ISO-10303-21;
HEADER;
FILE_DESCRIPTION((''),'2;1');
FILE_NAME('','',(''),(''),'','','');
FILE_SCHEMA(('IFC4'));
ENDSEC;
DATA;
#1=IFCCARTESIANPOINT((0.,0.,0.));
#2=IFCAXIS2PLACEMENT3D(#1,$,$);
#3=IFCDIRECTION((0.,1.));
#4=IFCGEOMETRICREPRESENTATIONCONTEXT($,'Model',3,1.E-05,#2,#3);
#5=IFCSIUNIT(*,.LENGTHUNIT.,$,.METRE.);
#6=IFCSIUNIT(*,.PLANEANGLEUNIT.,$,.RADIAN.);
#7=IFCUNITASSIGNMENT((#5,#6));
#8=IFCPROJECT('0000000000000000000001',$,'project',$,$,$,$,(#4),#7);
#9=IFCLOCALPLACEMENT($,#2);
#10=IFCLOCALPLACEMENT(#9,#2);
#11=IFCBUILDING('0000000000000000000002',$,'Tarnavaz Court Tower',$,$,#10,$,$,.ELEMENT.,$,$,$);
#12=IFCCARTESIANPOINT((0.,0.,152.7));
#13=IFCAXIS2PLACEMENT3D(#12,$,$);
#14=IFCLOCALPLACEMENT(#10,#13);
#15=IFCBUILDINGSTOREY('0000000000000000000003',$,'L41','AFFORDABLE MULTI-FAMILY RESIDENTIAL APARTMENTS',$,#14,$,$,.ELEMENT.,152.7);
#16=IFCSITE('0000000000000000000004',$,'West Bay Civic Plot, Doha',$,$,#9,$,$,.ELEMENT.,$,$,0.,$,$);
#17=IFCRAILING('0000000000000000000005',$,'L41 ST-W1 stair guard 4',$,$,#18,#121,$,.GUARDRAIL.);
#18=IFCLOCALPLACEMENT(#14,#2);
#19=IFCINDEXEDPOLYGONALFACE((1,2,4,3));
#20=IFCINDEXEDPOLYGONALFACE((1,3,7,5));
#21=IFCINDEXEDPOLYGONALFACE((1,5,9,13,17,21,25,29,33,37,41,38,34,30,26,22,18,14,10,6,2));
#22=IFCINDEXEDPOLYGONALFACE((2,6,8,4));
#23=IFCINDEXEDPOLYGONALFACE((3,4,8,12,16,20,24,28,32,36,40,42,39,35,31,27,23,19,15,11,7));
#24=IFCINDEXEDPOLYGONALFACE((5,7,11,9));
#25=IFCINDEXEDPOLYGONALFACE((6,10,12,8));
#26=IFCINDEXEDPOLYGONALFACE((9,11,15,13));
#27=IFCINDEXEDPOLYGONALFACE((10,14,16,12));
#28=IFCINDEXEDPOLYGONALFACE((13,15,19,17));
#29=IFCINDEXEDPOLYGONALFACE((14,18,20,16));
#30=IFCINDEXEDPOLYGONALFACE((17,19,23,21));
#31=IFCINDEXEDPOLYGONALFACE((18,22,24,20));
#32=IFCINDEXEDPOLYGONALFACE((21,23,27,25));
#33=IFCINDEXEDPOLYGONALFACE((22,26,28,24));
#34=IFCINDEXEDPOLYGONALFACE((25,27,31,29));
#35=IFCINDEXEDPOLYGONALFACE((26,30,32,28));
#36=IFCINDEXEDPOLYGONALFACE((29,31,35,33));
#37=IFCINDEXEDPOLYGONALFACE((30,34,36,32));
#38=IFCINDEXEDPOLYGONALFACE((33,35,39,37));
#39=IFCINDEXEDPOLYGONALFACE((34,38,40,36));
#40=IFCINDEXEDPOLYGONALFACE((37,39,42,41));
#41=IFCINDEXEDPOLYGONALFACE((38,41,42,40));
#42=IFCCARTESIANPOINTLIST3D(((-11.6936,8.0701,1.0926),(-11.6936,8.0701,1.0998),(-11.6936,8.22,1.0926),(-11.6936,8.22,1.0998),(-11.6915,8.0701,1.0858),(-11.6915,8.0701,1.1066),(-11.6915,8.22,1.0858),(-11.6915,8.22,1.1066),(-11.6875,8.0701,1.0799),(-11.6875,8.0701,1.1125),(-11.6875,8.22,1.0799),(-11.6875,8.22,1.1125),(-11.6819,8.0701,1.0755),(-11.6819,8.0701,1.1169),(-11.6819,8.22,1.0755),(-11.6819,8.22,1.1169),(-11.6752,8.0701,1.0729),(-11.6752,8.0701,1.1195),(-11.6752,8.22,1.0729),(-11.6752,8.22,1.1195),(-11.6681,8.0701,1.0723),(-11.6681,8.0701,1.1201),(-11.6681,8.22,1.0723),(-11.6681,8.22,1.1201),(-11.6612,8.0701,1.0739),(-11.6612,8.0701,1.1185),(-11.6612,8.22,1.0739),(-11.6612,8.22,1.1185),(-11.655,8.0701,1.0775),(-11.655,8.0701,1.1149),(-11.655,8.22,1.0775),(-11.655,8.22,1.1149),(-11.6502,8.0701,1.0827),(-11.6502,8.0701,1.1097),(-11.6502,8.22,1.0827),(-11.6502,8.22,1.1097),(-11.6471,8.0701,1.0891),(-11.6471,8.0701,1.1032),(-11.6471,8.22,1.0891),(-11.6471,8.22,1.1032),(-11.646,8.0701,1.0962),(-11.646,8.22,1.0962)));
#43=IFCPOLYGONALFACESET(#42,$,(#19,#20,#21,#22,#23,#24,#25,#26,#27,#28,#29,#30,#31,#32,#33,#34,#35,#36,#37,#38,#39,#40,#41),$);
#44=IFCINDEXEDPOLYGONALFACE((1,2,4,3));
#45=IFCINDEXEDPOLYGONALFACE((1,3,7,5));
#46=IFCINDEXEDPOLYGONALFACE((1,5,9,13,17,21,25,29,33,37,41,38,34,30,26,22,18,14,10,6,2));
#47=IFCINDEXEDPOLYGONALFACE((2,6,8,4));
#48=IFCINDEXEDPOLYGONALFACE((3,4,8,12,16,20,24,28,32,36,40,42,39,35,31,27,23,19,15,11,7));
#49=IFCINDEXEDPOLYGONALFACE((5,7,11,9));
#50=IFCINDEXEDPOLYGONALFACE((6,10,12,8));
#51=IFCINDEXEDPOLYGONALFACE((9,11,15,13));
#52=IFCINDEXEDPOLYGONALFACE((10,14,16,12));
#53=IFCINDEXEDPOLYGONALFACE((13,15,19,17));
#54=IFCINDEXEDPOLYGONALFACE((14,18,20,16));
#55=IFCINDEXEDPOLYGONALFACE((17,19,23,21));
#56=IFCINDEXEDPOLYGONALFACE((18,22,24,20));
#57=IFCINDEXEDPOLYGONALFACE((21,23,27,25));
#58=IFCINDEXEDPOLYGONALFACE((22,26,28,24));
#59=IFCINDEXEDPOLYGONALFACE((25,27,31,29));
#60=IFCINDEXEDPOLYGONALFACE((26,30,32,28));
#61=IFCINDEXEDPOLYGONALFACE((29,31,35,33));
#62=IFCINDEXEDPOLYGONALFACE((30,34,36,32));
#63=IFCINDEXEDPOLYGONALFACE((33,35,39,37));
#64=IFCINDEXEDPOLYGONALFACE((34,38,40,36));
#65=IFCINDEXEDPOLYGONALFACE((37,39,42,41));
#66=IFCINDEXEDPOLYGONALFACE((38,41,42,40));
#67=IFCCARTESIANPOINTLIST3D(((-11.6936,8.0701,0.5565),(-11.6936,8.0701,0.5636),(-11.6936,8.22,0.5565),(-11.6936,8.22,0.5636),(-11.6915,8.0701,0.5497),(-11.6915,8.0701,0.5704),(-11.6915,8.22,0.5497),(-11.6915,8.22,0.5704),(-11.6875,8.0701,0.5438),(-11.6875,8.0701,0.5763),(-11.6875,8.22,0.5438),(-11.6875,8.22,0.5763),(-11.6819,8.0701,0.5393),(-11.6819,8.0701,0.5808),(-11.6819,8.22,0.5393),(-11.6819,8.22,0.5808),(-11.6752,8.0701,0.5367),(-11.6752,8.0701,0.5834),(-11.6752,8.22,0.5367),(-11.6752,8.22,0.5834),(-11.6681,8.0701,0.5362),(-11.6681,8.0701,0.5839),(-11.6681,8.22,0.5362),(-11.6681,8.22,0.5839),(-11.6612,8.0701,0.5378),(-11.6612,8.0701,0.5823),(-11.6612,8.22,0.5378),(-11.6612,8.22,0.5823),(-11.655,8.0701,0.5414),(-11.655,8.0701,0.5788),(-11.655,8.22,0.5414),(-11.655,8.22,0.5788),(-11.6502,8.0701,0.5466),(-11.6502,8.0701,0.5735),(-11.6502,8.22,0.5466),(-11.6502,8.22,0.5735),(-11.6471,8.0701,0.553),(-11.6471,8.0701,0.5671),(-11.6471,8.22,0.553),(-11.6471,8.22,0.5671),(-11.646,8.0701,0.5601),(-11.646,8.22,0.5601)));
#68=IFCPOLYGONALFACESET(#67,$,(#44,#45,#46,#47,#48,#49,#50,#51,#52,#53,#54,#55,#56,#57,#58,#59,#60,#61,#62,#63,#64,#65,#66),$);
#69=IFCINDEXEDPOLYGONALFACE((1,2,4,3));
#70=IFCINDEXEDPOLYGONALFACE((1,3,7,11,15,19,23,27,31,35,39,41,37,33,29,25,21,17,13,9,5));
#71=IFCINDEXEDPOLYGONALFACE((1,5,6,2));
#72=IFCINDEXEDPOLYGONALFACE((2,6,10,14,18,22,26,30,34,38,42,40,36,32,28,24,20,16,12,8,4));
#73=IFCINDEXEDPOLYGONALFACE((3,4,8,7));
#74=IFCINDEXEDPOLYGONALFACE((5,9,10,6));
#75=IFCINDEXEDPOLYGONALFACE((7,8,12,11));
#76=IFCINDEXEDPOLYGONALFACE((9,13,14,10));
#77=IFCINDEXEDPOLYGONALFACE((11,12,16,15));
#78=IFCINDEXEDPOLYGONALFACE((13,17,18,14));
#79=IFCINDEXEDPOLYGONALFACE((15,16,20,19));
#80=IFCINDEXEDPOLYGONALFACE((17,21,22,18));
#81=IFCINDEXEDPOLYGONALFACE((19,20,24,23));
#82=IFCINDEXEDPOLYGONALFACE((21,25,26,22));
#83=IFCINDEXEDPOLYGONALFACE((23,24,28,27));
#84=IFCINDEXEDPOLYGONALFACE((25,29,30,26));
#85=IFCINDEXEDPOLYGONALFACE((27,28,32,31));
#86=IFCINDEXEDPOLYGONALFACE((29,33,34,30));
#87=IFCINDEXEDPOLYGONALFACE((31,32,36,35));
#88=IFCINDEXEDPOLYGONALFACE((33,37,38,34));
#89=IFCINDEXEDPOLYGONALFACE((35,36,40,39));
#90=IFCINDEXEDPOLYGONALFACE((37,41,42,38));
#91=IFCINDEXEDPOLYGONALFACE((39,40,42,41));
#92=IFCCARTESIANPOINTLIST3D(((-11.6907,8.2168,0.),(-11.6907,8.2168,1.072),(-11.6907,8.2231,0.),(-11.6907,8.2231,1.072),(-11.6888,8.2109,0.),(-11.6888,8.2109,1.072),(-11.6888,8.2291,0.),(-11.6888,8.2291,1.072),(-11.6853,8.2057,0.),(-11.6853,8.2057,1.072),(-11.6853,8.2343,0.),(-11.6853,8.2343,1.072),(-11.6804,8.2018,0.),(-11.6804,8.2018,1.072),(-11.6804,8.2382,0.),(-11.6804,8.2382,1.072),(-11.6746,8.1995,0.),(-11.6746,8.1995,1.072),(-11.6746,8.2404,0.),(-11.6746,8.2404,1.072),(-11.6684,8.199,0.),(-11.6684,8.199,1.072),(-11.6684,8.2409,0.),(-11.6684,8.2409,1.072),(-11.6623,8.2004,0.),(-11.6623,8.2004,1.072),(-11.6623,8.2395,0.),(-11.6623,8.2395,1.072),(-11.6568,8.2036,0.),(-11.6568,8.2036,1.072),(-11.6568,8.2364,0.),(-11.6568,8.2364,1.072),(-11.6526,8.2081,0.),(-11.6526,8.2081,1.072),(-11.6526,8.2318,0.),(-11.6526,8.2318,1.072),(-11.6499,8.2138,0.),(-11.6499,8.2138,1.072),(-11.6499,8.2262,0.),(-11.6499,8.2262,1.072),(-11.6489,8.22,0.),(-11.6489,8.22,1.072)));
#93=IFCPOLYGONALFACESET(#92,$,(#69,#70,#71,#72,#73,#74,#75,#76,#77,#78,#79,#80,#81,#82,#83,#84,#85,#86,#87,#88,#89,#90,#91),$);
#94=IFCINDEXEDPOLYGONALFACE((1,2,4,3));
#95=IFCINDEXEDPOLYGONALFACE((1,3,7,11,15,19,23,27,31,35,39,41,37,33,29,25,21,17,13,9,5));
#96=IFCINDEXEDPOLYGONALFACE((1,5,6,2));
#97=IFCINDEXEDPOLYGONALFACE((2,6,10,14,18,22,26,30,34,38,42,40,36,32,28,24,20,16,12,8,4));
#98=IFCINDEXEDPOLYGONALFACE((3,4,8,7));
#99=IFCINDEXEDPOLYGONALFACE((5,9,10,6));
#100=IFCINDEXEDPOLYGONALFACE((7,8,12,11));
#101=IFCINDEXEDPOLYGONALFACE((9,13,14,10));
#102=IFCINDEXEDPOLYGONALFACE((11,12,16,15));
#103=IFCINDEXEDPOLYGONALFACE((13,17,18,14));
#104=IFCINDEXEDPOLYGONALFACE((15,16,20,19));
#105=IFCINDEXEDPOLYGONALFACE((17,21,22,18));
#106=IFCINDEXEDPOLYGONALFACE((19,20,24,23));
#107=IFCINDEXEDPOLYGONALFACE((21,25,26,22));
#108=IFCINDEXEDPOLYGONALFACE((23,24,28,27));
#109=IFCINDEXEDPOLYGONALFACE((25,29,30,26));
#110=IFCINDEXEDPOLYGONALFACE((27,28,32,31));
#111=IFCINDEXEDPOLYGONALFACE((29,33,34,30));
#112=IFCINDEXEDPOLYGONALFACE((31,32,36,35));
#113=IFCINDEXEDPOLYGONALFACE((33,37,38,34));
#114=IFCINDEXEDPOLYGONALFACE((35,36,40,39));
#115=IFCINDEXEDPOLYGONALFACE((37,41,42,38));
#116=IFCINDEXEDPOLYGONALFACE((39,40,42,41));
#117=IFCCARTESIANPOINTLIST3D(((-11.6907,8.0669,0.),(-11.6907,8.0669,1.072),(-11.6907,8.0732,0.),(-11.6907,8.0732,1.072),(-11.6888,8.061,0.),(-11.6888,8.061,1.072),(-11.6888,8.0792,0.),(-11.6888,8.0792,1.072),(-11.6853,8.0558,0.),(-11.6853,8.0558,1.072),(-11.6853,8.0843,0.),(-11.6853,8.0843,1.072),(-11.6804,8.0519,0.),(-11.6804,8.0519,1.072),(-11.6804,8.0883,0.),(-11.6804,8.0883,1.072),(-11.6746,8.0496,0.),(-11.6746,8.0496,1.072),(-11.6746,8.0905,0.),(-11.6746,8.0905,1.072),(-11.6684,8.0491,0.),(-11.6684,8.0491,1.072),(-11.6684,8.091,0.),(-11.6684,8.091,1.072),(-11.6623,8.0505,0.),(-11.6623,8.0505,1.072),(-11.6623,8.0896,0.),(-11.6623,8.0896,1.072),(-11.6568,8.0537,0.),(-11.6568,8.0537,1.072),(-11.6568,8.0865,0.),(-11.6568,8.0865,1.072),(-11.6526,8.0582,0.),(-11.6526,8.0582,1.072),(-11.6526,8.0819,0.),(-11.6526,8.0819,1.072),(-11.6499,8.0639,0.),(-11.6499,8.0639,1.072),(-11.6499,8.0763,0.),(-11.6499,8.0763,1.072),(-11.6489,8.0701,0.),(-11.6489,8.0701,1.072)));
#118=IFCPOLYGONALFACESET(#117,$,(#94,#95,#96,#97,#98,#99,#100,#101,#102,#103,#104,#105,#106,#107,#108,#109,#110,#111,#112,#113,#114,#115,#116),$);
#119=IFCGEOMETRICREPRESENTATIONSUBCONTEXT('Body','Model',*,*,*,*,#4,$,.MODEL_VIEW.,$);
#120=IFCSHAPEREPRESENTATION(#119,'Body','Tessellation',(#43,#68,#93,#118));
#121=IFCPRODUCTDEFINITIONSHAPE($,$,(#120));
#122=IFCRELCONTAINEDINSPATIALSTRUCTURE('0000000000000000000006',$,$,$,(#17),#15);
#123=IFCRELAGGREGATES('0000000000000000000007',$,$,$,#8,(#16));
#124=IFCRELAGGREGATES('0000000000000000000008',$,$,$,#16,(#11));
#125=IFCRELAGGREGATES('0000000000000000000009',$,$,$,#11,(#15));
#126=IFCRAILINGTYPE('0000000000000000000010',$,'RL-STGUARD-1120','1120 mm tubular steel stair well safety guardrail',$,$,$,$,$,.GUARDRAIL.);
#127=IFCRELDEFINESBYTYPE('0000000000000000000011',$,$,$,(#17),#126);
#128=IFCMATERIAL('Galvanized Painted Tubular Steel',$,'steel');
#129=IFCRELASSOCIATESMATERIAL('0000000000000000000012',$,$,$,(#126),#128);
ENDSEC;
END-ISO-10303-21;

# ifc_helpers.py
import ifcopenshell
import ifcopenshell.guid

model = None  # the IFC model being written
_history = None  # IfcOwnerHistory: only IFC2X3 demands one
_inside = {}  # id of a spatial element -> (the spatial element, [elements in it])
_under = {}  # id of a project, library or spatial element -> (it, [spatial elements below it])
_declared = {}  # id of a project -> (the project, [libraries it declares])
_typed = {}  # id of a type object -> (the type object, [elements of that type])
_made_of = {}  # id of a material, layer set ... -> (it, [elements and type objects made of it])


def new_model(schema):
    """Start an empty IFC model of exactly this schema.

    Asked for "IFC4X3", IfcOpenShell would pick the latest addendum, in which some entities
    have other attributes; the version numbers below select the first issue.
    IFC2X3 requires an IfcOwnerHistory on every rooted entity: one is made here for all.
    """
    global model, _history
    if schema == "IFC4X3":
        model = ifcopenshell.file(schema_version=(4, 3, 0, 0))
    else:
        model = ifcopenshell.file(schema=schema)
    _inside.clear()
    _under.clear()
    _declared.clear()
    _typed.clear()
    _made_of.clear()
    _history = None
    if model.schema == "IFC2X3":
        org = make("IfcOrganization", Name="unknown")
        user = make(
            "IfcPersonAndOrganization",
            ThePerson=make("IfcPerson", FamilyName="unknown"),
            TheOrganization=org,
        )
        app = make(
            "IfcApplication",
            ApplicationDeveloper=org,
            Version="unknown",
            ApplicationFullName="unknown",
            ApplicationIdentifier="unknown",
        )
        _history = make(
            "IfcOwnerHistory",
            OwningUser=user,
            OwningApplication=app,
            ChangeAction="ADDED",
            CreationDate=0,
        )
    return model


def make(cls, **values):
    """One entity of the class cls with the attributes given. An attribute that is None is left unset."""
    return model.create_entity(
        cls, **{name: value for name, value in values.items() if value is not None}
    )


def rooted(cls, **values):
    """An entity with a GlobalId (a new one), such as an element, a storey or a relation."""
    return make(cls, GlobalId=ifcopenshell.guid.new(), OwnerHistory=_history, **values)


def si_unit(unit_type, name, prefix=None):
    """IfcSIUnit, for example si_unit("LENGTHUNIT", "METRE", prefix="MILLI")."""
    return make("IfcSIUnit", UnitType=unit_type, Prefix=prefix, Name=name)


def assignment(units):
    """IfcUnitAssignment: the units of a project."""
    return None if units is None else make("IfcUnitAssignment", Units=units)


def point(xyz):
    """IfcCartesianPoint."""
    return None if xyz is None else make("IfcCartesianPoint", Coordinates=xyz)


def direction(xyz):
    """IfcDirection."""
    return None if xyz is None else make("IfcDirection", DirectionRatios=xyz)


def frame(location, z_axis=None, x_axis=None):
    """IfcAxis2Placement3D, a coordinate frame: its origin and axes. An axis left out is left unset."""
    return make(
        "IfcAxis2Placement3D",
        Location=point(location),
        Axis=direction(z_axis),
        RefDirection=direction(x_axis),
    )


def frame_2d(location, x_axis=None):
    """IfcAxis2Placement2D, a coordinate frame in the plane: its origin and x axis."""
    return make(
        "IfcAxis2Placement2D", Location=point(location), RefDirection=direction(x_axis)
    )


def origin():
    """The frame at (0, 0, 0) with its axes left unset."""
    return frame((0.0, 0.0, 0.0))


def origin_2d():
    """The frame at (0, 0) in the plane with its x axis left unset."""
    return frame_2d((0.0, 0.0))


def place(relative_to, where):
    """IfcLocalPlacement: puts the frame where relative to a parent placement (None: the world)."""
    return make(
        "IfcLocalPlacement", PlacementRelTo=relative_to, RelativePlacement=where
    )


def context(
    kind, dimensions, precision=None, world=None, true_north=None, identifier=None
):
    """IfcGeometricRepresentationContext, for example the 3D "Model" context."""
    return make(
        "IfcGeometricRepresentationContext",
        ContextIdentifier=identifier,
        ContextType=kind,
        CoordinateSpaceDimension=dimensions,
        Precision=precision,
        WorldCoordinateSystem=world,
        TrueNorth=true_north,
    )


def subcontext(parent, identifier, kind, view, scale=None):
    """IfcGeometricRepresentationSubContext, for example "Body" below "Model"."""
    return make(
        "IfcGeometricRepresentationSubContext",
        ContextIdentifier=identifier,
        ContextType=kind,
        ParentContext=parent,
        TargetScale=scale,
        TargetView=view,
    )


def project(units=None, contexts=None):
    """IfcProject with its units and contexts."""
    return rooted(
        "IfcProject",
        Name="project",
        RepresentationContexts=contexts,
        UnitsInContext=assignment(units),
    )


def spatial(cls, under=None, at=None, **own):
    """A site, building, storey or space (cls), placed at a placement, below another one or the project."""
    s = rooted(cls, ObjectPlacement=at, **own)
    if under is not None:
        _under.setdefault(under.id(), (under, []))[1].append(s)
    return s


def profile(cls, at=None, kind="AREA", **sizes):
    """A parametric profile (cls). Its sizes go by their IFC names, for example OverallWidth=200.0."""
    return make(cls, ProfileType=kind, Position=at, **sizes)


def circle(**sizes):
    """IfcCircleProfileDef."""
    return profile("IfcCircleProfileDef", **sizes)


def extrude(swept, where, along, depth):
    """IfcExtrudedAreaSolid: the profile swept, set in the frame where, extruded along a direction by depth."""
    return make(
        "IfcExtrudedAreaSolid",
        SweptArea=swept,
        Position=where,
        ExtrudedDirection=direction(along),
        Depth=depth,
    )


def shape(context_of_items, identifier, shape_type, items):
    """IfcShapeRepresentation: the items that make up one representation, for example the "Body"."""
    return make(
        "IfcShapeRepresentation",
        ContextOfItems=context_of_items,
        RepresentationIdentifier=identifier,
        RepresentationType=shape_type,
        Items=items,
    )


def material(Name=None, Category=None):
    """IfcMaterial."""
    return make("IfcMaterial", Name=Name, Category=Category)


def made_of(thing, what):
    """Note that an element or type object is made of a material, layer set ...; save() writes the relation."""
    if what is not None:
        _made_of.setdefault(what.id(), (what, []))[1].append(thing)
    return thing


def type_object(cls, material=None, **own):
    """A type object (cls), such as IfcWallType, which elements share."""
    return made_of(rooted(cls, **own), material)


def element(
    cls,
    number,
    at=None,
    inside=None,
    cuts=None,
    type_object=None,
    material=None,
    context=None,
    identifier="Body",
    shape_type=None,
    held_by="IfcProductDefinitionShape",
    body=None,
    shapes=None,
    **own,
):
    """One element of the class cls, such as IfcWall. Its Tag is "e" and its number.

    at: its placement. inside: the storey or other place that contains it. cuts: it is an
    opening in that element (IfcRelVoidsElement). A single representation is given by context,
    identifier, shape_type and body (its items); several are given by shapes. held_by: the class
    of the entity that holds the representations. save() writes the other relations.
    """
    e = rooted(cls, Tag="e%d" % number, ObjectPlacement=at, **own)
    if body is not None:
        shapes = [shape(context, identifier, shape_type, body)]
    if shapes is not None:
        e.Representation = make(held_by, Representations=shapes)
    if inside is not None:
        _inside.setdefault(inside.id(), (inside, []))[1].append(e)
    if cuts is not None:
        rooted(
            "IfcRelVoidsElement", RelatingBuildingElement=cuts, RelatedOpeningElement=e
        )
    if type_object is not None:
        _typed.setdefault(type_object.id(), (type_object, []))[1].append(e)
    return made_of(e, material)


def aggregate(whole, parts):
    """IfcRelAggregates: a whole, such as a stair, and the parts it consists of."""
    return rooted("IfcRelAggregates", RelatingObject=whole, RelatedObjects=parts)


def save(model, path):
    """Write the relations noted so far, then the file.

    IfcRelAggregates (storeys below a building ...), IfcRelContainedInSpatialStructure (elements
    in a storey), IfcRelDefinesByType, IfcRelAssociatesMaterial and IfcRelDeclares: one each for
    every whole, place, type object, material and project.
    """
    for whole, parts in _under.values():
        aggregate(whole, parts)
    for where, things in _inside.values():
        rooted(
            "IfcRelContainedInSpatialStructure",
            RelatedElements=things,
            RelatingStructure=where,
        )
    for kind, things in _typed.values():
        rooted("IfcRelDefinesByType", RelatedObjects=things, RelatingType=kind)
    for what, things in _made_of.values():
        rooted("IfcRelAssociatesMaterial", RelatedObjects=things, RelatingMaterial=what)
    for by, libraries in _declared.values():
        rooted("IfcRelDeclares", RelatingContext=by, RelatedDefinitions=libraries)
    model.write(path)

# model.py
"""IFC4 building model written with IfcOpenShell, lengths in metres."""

from ifc_helpers import new_model, si_unit, direction, frame, origin, origin_2d, place, context, subcontext, project, spatial, circle, extrude, material, type_object, element, save


model = new_model("IFC4")

# Units and contexts
model_context = context("Model", 3, precision=1e-05, world=origin(), true_north=direction((0.0, 1.0)))
body_context = subcontext(model_context, "Body", "Model", "MODEL_VIEW")
ifc_project = project(units=[si_unit("LENGTHUNIT", "METRE"), si_unit("PLANEANGLEUNIT", "RADIAN")], contexts=[model_context])

# Site, building, storey
site_placement = place(None, origin())
site = spatial("IfcSite", under=ifc_project, at=site_placement, Name="West Bay Civic Plot, Doha", CompositionType="ELEMENT", RefElevation=0.0)
building_placement = place(site_placement, origin())
building = spatial("IfcBuilding", under=site, at=building_placement, Name="Tarnavaz Court Tower", CompositionType="ELEMENT")
storey_placement = place(building_placement, frame((0.0, 0.0, 152.7)))
storey = spatial("IfcBuildingStorey", under=building, at=storey_placement, Name="L41", Description="AFFORDABLE MULTI-FAMILY RESIDENTIAL APARTMENTS", CompositionType="ELEMENT", Elevation=152.7)

# Railing
ifc_material_1 = material(Name="Galvanized Painted Tubular Steel", Category="steel")
railing_type_1 = type_object("IfcRailingType", Name="RL-STGUARD-1120", Description="1120 mm tubular steel stair well safety guardrail", PredefinedType="GUARDRAIL", material=ifc_material_1)
railing_1_placement = place(storey_placement, frame((-11.6699, 8.22, 0.0)))
element("IfcRailing", 1, at=railing_1_placement, inside=storey, type_object=railing_type_1, Name="L41 ST-W1 stair guard 4", PredefinedType="GUARDRAIL", context=body_context, shape_type="SweptSolid", body=[
    extrude(circle(Radius=0.0239, at=origin_2d()), frame((0.0, 0.0, 1.0962), z_axis=(0.0, -1.0, 0.0), x_axis=(1.0, 0.0, 0.0)), (0.0, 0.0, 1.0), 0.1499),
    extrude(circle(Radius=0.0239, at=origin_2d()), frame((0.0, 0.0, 0.5601), z_axis=(0.0, -1.0, 0.0), x_axis=(1.0, 0.0, 0.0)), (0.0, 0.0, 1.0), 0.1499),
    extrude(circle(Radius=0.021, at=origin_2d()), origin(), (0.0, 0.0, 1.0), 1.072),
    extrude(circle(Radius=0.021, at=origin_2d()), frame((0.0, -0.1499, 0.0)), (0.0, 0.0, 1.0), 1.072),
])

save(model, "model.ifc")
